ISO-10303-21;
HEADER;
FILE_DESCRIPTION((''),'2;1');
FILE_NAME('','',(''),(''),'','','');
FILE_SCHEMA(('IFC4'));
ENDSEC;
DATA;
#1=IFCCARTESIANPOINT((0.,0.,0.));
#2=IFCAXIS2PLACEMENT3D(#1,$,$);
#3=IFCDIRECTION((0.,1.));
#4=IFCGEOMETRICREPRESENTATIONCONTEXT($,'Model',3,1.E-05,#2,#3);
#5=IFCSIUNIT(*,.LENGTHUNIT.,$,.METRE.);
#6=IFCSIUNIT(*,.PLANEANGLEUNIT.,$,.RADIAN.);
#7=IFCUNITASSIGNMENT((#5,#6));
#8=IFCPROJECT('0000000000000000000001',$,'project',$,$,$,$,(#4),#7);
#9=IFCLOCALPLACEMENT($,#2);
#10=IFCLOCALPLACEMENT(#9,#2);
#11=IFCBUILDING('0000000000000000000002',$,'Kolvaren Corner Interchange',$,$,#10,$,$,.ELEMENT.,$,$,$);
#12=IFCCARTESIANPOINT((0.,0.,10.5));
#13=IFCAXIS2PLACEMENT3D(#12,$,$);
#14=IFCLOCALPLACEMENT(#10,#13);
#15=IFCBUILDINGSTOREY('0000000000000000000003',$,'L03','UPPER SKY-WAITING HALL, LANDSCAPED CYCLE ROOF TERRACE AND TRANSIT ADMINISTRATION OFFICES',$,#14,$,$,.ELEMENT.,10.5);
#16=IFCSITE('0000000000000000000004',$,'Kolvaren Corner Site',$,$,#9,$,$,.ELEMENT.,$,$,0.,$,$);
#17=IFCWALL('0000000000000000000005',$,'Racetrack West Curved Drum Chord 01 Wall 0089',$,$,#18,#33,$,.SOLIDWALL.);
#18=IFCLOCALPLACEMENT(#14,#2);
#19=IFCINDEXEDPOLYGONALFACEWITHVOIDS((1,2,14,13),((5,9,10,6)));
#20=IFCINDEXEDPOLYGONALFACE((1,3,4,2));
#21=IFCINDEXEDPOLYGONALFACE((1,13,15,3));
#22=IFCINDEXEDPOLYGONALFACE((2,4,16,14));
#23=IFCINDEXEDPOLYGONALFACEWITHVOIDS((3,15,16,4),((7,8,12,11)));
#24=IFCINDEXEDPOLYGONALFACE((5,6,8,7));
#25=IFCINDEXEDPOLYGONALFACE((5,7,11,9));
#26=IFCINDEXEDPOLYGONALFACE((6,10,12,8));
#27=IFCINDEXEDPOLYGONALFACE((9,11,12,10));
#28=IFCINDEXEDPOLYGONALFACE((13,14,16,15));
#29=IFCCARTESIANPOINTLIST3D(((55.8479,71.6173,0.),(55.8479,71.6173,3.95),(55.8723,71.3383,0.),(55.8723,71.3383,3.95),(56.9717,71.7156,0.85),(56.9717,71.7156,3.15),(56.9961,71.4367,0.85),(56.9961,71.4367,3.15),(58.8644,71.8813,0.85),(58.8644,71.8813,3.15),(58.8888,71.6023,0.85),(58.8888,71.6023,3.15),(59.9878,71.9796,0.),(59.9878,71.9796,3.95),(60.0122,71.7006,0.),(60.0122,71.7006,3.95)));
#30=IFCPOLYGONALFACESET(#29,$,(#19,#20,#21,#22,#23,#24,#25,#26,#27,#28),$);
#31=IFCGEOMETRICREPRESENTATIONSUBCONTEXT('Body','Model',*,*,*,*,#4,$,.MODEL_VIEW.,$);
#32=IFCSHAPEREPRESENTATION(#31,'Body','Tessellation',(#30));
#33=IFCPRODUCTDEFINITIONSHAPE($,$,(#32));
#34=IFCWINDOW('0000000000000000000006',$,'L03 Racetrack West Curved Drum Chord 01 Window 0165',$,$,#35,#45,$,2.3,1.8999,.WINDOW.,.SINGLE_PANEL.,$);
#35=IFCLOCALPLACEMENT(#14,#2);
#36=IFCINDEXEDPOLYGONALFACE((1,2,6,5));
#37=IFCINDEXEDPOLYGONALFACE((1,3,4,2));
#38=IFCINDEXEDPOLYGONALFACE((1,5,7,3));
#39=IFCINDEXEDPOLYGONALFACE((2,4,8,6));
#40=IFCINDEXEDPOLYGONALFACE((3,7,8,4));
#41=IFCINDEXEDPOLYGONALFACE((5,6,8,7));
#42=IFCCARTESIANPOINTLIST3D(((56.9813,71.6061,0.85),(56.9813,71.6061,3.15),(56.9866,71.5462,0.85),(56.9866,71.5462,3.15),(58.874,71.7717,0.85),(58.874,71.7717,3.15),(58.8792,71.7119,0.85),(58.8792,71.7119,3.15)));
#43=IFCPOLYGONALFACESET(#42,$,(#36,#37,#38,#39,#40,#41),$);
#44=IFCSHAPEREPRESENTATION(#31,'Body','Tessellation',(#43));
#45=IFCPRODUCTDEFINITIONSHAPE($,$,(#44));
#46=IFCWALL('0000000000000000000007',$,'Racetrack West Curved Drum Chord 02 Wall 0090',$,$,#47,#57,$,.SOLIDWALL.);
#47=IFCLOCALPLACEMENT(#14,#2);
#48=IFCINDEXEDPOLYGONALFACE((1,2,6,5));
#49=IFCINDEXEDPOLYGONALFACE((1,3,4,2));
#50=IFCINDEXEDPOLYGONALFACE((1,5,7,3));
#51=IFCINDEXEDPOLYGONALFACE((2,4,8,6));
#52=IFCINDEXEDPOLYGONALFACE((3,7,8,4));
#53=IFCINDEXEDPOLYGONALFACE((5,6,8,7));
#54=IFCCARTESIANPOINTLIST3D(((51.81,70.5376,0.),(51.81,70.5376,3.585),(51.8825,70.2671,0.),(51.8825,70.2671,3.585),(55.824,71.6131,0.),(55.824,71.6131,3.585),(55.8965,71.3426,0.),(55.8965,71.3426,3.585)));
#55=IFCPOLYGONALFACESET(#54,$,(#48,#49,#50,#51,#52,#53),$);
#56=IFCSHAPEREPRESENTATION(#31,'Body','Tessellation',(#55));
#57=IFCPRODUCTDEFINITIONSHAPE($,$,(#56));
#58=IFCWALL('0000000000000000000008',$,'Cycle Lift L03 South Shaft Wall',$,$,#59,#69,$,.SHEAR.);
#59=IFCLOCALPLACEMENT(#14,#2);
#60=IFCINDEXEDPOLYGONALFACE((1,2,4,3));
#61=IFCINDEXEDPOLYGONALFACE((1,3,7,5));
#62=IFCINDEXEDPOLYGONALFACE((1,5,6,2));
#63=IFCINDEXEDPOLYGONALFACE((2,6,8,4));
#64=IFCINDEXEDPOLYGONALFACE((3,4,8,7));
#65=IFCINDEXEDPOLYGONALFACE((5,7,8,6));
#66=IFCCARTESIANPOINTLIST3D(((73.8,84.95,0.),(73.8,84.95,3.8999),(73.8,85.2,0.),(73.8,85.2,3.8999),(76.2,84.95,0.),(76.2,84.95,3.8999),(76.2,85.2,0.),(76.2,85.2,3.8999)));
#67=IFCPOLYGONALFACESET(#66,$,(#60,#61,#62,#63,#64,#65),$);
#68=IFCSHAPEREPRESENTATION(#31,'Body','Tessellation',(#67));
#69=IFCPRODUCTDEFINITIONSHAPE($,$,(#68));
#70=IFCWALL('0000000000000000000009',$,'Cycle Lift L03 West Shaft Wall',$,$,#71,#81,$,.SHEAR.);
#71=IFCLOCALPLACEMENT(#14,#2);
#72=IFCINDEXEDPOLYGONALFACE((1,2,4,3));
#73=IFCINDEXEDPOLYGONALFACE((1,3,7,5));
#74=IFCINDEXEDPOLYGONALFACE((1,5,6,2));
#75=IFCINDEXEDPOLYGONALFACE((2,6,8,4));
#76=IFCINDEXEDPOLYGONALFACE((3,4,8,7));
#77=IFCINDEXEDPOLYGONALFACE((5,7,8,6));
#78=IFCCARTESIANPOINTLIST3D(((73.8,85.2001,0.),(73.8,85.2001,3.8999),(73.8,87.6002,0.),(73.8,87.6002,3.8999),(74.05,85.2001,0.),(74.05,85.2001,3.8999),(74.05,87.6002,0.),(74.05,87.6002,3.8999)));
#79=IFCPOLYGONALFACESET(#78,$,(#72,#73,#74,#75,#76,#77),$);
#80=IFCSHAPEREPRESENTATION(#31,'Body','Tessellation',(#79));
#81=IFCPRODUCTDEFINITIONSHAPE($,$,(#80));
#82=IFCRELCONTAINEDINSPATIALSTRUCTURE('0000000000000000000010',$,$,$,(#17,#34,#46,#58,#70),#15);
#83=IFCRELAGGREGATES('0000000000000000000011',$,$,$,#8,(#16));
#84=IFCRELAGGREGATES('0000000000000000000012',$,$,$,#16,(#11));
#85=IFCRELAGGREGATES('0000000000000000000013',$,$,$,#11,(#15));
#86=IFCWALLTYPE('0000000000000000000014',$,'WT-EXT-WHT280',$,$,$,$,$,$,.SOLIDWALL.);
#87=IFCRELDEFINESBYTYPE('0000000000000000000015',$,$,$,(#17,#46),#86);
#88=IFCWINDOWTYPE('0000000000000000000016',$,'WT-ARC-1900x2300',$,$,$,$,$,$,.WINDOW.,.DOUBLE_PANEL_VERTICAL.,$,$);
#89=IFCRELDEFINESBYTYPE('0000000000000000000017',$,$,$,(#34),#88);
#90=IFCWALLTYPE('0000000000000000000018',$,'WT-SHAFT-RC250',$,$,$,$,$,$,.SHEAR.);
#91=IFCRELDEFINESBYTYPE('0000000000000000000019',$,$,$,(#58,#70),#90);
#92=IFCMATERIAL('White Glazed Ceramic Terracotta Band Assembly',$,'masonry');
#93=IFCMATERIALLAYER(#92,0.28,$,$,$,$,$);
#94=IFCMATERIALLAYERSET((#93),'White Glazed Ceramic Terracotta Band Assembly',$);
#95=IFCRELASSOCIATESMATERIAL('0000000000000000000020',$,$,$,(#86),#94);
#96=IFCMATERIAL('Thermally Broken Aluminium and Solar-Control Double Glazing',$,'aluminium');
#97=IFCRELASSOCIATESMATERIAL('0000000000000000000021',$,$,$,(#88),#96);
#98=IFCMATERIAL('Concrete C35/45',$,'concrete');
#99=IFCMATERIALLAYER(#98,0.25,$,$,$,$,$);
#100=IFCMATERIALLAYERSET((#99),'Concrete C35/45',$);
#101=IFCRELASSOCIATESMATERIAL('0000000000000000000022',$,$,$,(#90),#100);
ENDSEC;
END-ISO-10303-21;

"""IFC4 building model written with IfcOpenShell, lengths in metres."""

from ifc_helpers import new_model, si_unit, direction, frame, frame_2d, origin, place, context, subcontext, project, spatial, rectangle, extrude, material, layer, layer_set, type_object, element, fill, save


model = new_model("IFC4")

# Units and contexts
model_context = context("Model", 3, precision=1e-05, world=origin(), true_north=direction((0.0, 1.0)))
body_context = subcontext(model_context, "Body", "Model", "MODEL_VIEW")
ifc_project = project(units=[si_unit("LENGTHUNIT", "METRE"), si_unit("PLANEANGLEUNIT", "RADIAN")], contexts=[model_context])

# Site, building, storey
site_placement = place(None, origin())
site = spatial("IfcSite", under=ifc_project, at=site_placement, Name="Kolvaren Corner Site", CompositionType="ELEMENT", RefElevation=0.0)
building_placement = place(site_placement, origin())
building = spatial("IfcBuilding", under=site, at=building_placement, Name="Kolvaren Corner Interchange", CompositionType="ELEMENT")
storey_placement = place(building_placement, frame((0.0, 0.0, 10.5)))
storey = spatial("IfcBuildingStorey", under=building, at=storey_placement, Name="L03", Description="UPPER SKY-WAITING HALL, LANDSCAPED CYCLE ROOF TERRACE AND TRANSIT ADMINISTRATION OFFICES", CompositionType="ELEMENT", Elevation=10.5)

# Wall, opening, window
ifc_material_1 = material(Name="White Glazed Ceramic Terracotta Band Assembly", Category="masonry")
ifc_layer_1 = layer(ifc_material_1, 0.28)
ifc_layer_set_1 = layer_set([ifc_layer_1], Name="White Glazed Ceramic Terracotta Band Assembly")
wall_type_1 = type_object("IfcWallType", Name="WT-EXT-WHT280", PredefinedType="SOLIDWALL", material=ifc_layer_set_1)
wall_1_placement = place(storey_placement, frame((60.0, 71.8401, 0.0), z_axis=(0.0, 0.0, 1.0), x_axis=(-0.996192, -0.087182, 0.0)))
wall_1 = element("IfcWall", 1, at=wall_1_placement, inside=storey, type_object=wall_type_1, Name="Racetrack West Curved Drum Chord 01 Wall 0089", PredefinedType="SOLIDWALL", context=body_context, shape_type="SweptSolid", body=[
    extrude(rectangle(XDim=4.1558, YDim=0.28, at=frame_2d((2.0779, 0.0))), origin(), (0.0, 0.0, 1.0), 3.95),
])
opening_1_placement = place(wall_1_placement, frame((1.1277, 0.0, 0.8501)))
opening_1 = element("IfcOpeningElement", 2, at=opening_1_placement, cuts=wall_1, PredefinedType="OPENING", context=body_context, shape_type="SweptSolid", body=[
    extrude(rectangle(XDim=1.8999, YDim=2.3, at=frame_2d((0.95, 1.1499))), frame((0.0, 0.1499, 0.0), z_axis=(0.0, -1.0, 0.0), x_axis=(1.0, 0.0, 0.0)), (0.0, 0.0, 1.0), 0.3),
])
ifc_material_2 = material(Name="Thermally Broken Aluminium and Solar-Control Double Glazing", Category="aluminium")
window_type_1 = type_object("IfcWindowType", Name="WT-ARC-1900x2300", PartitioningType="DOUBLE_PANEL_VERTICAL", PredefinedType="WINDOW", material=ifc_material_2)
window_1_placement = place(opening_1_placement, origin())
window_1 = element("IfcWindow", 3, at=window_1_placement, inside=storey, type_object=window_type_1, Name="L03 Racetrack West Curved Drum Chord 01 Window 0165", OverallHeight=2.3, OverallWidth=1.8999, PartitioningType="SINGLE_PANEL", PredefinedType="WINDOW", context=body_context, shape_type="SweptSolid", body=[
    extrude(rectangle(XDim=1.8999, YDim=2.3, at=frame_2d((0.95, 1.1499))), frame((0.0, 0.03, 0.0), z_axis=(0.0, -1.0, 0.0), x_axis=(1.0, 0.0, 0.0)), (0.0, 0.0, 1.0), 0.0601),
])
fill(opening_1, window_1)

# Walls
wall_2_placement = place(storey_placement, frame((55.8601, 71.4778, 0.0), z_axis=(0.0, 0.0, 1.0), x_axis=(-0.965931, -0.2588, 0.0)))
element("IfcWall", 4, at=wall_2_placement, inside=storey, type_object=wall_type_1, Name="Racetrack West Curved Drum Chord 02 Wall 0090", PredefinedType="SOLIDWALL", context=body_context, shape_type="SweptSolid", body=[
    extrude(rectangle(XDim=4.1555, YDim=0.28, at=frame_2d((2.0776, 0.0))), origin(), (0.0, 0.0, 1.0), 3.585),
])
ifc_material_3 = material(Name="Concrete C35/45", Category="concrete")
ifc_layer_2 = layer(ifc_material_3, 0.25)
ifc_layer_set_2 = layer_set([ifc_layer_2], Name="Concrete C35/45")
wall_type_2 = type_object("IfcWallType", Name="WT-SHAFT-RC250", PredefinedType="SHEAR", material=ifc_layer_set_2)
wall_3_placement = place(storey_placement, frame((73.8, 85.075, 0.0), z_axis=(0.0, 0.0, 1.0), x_axis=(1.0, 0.0, 0.0)))
element("IfcWall", 5, at=wall_3_placement, inside=storey, type_object=wall_type_2, Name="Cycle Lift L03 South Shaft Wall", PredefinedType="SHEAR", context=body_context, shape_type="SweptSolid", body=[
    extrude(rectangle(XDim=2.3999, YDim=0.25, at=frame_2d((1.2, 0.0))), origin(), (0.0, 0.0, 1.0), 3.8999),
])
wall_4_placement = place(storey_placement, frame((73.925, 85.2, 0.0), z_axis=(0.0, 0.0, 1.0), x_axis=(0.0, 1.0, 0.0)))
element("IfcWall", 6, at=wall_4_placement, inside=storey, type_object=wall_type_2, Name="Cycle Lift L03 West Shaft Wall", PredefinedType="SHEAR", context=body_context, shape_type="SweptSolid", body=[
    extrude(rectangle(XDim=2.4001, YDim=0.25, at=frame_2d((1.2002, 0.0))), origin(), (0.0, 0.0, 1.0), 3.8999),
])

save(model, "model.ifc")
